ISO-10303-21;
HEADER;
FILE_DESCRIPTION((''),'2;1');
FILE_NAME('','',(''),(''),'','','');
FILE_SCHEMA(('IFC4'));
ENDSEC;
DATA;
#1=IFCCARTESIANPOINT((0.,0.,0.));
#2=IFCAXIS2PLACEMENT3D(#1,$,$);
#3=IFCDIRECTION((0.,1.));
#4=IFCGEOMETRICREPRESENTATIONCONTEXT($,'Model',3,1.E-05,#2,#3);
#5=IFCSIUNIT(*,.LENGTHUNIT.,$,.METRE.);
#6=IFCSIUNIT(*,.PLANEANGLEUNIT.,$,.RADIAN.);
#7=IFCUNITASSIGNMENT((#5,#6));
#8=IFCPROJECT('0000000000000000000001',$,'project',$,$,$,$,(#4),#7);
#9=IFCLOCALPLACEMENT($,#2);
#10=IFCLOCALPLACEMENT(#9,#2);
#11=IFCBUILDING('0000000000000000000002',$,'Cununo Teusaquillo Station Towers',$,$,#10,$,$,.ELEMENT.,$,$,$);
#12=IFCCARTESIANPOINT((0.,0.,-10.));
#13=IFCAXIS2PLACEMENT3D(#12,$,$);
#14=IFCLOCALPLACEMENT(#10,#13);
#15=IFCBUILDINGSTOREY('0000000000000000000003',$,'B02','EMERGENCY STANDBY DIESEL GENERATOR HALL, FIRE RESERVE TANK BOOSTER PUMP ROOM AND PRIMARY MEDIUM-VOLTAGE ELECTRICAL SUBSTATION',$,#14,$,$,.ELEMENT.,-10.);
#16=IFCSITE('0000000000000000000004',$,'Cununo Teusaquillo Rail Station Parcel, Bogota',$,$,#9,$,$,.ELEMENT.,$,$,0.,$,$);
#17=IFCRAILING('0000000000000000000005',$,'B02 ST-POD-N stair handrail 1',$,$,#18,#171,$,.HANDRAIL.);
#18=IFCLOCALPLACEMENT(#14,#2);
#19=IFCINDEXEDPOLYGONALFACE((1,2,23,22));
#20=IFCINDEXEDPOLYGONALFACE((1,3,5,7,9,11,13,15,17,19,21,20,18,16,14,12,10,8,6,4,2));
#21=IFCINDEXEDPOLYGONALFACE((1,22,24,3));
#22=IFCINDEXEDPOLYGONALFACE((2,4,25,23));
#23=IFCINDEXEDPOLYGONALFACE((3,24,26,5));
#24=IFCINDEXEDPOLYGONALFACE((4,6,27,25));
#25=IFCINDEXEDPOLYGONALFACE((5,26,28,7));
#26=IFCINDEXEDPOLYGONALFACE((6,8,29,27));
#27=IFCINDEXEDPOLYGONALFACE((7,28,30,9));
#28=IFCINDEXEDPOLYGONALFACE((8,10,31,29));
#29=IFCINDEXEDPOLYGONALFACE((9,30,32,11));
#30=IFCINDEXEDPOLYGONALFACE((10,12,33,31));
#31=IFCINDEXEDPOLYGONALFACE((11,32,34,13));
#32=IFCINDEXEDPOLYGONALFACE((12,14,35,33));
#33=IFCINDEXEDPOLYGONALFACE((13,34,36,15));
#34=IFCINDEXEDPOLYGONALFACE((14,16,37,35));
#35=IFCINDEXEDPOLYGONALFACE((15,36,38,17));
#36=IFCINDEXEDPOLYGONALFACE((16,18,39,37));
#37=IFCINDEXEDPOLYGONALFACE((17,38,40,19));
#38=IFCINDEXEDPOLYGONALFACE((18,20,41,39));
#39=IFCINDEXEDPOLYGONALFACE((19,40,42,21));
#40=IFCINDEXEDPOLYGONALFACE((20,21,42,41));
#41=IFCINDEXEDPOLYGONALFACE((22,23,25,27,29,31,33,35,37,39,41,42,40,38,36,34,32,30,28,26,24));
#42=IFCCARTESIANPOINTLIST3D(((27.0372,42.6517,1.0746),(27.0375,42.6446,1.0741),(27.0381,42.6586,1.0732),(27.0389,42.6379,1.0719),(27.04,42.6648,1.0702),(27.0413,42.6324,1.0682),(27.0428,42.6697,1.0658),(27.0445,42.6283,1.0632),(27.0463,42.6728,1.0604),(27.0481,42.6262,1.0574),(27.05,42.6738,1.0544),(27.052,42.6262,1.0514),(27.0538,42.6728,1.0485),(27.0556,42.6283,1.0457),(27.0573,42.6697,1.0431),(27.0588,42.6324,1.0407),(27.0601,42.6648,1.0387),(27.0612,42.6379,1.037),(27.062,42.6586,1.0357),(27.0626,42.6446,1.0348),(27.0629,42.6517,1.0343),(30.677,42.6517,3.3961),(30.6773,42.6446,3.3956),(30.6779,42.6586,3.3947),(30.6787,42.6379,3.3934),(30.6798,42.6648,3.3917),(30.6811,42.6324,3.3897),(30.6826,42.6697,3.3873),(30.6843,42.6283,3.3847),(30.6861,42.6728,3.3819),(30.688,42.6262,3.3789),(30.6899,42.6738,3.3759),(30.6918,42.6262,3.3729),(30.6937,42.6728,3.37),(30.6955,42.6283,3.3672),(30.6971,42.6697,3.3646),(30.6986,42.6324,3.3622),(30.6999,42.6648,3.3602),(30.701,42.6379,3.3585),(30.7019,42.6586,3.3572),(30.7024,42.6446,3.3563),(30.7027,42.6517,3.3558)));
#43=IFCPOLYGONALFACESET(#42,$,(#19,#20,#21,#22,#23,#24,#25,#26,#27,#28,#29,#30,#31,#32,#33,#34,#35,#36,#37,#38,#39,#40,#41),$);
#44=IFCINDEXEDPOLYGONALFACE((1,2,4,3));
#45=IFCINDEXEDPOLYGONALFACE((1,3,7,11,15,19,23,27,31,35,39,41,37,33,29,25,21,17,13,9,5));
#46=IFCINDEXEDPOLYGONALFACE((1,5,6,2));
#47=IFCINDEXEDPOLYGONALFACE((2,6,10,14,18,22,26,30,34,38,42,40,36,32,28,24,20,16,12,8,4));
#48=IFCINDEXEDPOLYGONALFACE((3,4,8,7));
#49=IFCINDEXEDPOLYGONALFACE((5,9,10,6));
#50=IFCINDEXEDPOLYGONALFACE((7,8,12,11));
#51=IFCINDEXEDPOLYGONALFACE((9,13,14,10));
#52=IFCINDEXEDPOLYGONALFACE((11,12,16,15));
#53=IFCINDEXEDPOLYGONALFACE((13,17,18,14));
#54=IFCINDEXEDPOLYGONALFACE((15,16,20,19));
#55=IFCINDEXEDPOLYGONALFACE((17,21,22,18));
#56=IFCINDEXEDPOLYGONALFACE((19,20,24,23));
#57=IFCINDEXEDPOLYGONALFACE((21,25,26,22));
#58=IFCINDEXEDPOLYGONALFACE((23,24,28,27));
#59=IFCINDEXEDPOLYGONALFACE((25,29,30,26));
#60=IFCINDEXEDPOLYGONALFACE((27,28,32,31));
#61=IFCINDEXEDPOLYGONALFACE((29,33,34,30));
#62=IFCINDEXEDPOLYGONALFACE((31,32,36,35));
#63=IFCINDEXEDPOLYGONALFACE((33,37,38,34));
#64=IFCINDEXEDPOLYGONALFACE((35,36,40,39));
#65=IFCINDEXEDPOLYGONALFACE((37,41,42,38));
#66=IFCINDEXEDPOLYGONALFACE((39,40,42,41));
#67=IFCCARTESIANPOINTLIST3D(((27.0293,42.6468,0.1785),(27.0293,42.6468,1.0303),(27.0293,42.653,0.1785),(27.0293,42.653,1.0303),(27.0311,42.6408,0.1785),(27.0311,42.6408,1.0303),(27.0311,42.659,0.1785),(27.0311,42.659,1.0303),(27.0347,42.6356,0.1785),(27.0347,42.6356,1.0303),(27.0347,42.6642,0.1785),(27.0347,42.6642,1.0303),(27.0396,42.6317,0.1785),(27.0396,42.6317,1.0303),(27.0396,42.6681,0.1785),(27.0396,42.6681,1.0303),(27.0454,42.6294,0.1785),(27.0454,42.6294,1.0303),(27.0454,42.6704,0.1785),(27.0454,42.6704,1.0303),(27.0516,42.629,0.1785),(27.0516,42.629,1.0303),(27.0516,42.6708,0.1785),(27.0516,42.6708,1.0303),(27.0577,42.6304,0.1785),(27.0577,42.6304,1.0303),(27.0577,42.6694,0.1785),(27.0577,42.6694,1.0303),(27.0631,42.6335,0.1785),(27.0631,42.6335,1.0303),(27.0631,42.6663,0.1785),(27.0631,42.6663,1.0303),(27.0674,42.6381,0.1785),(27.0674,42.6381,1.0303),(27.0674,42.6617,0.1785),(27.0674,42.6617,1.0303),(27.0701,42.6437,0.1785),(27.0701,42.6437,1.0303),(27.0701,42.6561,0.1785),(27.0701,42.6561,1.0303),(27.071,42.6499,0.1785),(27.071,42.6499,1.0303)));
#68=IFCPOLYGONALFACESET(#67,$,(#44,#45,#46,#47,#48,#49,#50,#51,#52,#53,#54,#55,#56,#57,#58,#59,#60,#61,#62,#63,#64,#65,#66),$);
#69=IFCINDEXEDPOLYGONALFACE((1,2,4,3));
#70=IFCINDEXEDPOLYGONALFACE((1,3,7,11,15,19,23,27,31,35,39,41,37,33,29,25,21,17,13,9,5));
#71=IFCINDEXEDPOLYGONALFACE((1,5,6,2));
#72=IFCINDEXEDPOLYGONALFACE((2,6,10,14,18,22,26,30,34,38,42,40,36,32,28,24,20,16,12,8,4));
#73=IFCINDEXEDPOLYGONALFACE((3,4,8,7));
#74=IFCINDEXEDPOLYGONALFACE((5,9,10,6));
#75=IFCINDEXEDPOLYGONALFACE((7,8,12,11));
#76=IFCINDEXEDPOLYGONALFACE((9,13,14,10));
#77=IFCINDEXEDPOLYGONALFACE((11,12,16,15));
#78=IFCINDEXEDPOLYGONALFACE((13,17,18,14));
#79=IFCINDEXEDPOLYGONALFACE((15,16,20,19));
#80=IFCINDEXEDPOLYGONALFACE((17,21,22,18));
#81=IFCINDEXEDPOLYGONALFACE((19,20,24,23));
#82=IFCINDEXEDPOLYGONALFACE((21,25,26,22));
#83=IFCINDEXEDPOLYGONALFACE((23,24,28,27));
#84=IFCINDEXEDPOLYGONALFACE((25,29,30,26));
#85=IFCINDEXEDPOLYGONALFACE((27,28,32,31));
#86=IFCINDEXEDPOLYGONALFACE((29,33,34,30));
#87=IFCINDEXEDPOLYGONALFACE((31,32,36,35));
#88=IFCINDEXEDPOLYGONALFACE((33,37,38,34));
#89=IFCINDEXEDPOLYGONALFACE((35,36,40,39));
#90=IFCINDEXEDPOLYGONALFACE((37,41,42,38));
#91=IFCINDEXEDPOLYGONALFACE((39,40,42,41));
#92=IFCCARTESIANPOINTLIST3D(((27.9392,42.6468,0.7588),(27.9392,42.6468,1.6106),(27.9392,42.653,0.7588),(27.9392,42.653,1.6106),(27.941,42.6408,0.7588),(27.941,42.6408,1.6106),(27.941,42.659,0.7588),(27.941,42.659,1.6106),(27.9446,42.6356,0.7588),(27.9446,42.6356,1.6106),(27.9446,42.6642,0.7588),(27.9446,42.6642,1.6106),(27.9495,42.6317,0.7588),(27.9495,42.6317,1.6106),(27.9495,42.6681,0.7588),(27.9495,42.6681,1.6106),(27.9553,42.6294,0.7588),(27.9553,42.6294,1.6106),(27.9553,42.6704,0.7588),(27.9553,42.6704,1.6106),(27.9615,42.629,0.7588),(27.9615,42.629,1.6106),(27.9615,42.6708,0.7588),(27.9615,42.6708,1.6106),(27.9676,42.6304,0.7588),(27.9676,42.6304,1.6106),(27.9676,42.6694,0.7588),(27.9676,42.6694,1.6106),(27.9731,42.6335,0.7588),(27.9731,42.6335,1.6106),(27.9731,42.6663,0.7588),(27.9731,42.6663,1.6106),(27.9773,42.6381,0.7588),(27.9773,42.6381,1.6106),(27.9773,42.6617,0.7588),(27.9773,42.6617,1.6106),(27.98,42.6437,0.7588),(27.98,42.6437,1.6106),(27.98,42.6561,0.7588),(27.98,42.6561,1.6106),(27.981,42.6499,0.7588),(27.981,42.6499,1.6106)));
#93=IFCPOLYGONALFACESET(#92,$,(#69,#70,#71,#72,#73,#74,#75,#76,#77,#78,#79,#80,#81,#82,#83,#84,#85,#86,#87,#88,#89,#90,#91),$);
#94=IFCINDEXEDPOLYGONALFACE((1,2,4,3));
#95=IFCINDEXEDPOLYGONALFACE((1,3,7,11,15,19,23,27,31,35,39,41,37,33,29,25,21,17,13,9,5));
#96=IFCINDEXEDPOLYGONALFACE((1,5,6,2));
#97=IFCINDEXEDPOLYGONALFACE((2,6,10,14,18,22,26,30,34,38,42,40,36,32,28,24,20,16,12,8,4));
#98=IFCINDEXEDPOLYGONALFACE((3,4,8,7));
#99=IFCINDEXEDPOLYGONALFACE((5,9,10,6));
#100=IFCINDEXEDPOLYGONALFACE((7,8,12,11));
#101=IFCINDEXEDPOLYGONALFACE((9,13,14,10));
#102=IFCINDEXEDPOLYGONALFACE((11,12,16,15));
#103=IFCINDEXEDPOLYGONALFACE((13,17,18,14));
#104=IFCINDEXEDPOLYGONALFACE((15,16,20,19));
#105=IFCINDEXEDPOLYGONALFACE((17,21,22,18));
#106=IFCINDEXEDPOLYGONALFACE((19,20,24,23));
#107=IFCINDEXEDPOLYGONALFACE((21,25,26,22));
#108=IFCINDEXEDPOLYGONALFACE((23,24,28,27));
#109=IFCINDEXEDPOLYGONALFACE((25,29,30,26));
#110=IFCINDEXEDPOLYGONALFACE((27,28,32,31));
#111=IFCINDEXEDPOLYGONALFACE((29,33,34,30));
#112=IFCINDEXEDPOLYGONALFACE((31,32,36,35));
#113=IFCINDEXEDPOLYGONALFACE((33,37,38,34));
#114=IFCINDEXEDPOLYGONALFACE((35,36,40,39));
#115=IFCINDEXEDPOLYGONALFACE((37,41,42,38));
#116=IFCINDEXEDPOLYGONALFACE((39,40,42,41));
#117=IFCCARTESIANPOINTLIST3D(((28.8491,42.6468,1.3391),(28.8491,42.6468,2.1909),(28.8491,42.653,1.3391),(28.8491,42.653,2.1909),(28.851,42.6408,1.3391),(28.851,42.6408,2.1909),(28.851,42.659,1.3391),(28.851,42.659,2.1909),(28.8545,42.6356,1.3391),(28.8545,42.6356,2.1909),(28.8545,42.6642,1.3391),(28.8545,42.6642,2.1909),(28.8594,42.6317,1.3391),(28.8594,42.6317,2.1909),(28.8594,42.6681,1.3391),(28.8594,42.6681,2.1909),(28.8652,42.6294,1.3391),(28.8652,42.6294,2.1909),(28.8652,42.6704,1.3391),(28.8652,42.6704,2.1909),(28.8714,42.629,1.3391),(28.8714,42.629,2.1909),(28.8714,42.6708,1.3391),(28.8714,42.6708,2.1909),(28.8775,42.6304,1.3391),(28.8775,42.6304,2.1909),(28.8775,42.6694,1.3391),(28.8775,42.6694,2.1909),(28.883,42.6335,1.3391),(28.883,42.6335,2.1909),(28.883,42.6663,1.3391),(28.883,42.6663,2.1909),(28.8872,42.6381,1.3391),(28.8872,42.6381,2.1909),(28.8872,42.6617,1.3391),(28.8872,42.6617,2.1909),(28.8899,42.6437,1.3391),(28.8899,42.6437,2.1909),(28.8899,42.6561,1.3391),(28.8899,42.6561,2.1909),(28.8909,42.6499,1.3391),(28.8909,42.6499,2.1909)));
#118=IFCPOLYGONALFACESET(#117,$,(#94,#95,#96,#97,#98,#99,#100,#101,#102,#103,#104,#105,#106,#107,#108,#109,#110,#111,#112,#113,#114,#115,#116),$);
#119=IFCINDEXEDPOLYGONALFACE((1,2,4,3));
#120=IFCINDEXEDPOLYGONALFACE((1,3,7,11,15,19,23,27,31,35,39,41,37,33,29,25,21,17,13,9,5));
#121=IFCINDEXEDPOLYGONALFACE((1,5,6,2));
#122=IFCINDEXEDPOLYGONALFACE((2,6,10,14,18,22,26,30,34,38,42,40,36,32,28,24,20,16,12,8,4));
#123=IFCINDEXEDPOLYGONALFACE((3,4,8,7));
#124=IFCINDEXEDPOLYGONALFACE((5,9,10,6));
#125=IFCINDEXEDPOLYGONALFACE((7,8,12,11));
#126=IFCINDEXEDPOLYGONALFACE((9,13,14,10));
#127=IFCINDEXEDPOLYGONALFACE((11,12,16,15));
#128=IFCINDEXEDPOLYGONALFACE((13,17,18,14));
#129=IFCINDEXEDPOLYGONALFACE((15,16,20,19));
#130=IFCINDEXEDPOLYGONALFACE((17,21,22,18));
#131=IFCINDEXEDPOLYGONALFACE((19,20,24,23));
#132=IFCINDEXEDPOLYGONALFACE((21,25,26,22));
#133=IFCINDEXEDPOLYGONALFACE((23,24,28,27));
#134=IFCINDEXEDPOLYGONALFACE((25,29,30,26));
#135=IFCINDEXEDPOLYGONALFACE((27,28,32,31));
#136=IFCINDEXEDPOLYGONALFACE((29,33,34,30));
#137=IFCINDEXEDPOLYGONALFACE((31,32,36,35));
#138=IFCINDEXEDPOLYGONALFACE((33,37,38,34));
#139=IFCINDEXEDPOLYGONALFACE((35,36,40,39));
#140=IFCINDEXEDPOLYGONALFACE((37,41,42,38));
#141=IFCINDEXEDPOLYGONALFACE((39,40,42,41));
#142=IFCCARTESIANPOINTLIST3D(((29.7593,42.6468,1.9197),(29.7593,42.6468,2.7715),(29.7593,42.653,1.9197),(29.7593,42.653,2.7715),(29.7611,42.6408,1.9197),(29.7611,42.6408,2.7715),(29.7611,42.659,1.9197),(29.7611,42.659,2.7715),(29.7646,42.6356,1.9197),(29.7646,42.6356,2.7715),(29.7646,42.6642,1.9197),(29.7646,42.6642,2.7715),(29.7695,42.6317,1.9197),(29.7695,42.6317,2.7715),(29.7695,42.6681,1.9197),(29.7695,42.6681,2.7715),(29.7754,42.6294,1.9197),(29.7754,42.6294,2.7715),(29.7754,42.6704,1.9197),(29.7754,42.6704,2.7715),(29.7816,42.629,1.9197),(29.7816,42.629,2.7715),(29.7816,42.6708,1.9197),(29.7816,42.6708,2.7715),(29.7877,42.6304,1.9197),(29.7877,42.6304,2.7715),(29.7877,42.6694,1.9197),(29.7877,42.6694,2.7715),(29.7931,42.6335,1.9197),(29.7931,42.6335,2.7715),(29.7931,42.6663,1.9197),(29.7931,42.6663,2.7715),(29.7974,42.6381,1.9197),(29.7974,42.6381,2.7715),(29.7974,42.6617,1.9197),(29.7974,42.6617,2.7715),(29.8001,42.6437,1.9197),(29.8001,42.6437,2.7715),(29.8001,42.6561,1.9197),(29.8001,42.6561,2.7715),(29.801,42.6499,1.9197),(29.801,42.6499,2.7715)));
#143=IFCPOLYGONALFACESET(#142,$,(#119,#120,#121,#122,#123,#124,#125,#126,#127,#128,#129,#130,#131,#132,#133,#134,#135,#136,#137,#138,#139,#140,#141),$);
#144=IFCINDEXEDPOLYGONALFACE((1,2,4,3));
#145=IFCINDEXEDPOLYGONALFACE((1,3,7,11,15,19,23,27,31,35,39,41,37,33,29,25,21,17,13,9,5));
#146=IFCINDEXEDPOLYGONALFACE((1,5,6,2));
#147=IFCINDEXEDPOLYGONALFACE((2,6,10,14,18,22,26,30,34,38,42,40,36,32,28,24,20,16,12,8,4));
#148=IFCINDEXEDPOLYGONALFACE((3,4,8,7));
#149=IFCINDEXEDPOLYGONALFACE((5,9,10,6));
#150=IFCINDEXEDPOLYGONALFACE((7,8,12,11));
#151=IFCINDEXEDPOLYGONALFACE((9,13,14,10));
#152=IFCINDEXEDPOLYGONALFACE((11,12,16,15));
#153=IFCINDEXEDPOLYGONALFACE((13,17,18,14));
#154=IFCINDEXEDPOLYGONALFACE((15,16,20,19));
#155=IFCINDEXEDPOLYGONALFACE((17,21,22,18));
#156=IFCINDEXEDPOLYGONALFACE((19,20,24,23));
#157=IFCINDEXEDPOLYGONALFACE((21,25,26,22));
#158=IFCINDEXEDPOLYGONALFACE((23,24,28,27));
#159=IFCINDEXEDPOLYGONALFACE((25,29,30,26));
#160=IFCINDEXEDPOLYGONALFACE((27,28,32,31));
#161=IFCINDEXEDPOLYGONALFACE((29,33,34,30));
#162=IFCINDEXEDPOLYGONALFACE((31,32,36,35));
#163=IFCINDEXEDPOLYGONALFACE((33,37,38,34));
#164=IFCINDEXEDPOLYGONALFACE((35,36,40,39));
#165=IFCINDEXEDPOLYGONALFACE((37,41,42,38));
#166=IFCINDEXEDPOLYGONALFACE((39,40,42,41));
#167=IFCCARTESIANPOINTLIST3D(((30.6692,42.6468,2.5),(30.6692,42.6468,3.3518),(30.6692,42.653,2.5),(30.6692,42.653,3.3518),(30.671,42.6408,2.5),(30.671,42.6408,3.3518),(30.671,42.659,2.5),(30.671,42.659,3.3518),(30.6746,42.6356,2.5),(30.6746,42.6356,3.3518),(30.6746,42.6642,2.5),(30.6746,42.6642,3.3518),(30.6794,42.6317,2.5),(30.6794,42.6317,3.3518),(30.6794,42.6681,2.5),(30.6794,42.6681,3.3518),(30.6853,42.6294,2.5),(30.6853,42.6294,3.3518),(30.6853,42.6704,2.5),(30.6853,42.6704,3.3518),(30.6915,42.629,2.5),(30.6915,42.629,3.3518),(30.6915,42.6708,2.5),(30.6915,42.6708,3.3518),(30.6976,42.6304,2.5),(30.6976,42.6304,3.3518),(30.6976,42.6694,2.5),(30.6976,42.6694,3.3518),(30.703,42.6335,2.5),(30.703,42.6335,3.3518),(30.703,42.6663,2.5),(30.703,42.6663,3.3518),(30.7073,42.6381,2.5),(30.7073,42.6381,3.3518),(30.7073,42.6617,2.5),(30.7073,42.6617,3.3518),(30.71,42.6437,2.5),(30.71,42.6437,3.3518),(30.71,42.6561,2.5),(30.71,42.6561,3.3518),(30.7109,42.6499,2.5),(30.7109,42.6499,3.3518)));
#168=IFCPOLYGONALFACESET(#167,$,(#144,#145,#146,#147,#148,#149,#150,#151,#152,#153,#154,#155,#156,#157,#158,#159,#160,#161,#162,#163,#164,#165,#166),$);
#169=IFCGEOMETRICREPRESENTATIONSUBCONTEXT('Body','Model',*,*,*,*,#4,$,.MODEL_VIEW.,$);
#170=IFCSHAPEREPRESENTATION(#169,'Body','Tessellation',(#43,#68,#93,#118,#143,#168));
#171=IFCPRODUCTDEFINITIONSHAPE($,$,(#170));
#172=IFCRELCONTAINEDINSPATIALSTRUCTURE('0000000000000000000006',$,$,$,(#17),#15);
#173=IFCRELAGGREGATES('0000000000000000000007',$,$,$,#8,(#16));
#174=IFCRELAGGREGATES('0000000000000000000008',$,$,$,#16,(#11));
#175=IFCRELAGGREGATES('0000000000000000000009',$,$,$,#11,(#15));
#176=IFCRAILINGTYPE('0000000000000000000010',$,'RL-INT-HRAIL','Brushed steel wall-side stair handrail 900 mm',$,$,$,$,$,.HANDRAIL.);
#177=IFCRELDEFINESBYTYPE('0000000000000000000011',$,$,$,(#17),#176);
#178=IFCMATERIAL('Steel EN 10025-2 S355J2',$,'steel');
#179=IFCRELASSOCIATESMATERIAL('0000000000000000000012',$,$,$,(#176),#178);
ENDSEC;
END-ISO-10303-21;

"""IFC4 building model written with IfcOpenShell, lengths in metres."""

from ifc_helpers import new_model, si_unit, direction, frame, origin, origin_2d, place, context, subcontext, project, spatial, circle, extrude, material, type_object, element, save


model = new_model("IFC4")

# Units and contexts
model_context = context("Model", 3, precision=1e-05, world=origin(), true_north=direction((0.0, 1.0)))
body_context = subcontext(model_context, "Body", "Model", "MODEL_VIEW")
ifc_project = project(units=[si_unit("LENGTHUNIT", "METRE"), si_unit("PLANEANGLEUNIT", "RADIAN")], contexts=[model_context])

# Site, building, storey
site_placement = place(None, origin())
site = spatial("IfcSite", under=ifc_project, at=site_placement, Name="Cununo Teusaquillo Rail Station Parcel, Bogota", CompositionType="ELEMENT", RefElevation=0.0)
building_placement = place(site_placement, origin())
building = spatial("IfcBuilding", under=site, at=building_placement, Name="Cununo Teusaquillo Station Towers", CompositionType="ELEMENT")
storey_placement = place(building_placement, frame((0.0, 0.0, -10.0)))
storey = spatial("IfcBuildingStorey", under=building, at=storey_placement, Name="B02", Description="EMERGENCY STANDBY DIESEL GENERATOR HALL, FIRE RESERVE TANK BOOSTER PUMP ROOM AND PRIMARY MEDIUM-VOLTAGE ELECTRICAL SUBSTATION", CompositionType="ELEMENT", Elevation=-10.0)

# Railing
ifc_material_1 = material(Name="Steel EN 10025-2 S355J2", Category="steel")
railing_type_1 = type_object("IfcRailingType", Name="RL-INT-HRAIL", Description="Brushed steel wall-side stair handrail 900 mm", PredefinedType="HANDRAIL", material=ifc_material_1)
railing_1_placement = place(storey_placement, frame((27.05, 42.6499, 0.1785)))
element("IfcRailing", 1, at=railing_1_placement, inside=storey, type_object=railing_type_1, Name="B02 ST-POD-N stair handrail 1", PredefinedType="HANDRAIL", context=body_context, shape_type="SweptSolid", body=[
    extrude(circle(Radius=0.0239, at=origin_2d()), frame((0.0, 0.0, 0.876), z_axis=(0.843112, 0.0, 0.537739), x_axis=(0.0, 1.0, 0.0)), (0.0, 0.0, 1.0), 4.3171),
    extrude(circle(Radius=0.021, at=origin_2d()), origin(), (0.0, 0.0, 1.0), 0.8518),
    extrude(circle(Radius=0.021, at=origin_2d()), frame((0.9099, 0.0, 0.5803)), (0.0, 0.0, 1.0), 0.8518),
    extrude(circle(Radius=0.021, at=origin_2d()), frame((1.8198, 0.0, 1.1606)), (0.0, 0.0, 1.0), 0.8518),
    extrude(circle(Radius=0.021, at=origin_2d()), frame((2.73, 0.0, 1.7412)), (0.0, 0.0, 1.0), 0.8518),
    extrude(circle(Radius=0.021, at=origin_2d()), frame((3.6399, 0.0, 2.3215)), (0.0, 0.0, 1.0), 0.8518),
])

save(model, "model.ifc")
